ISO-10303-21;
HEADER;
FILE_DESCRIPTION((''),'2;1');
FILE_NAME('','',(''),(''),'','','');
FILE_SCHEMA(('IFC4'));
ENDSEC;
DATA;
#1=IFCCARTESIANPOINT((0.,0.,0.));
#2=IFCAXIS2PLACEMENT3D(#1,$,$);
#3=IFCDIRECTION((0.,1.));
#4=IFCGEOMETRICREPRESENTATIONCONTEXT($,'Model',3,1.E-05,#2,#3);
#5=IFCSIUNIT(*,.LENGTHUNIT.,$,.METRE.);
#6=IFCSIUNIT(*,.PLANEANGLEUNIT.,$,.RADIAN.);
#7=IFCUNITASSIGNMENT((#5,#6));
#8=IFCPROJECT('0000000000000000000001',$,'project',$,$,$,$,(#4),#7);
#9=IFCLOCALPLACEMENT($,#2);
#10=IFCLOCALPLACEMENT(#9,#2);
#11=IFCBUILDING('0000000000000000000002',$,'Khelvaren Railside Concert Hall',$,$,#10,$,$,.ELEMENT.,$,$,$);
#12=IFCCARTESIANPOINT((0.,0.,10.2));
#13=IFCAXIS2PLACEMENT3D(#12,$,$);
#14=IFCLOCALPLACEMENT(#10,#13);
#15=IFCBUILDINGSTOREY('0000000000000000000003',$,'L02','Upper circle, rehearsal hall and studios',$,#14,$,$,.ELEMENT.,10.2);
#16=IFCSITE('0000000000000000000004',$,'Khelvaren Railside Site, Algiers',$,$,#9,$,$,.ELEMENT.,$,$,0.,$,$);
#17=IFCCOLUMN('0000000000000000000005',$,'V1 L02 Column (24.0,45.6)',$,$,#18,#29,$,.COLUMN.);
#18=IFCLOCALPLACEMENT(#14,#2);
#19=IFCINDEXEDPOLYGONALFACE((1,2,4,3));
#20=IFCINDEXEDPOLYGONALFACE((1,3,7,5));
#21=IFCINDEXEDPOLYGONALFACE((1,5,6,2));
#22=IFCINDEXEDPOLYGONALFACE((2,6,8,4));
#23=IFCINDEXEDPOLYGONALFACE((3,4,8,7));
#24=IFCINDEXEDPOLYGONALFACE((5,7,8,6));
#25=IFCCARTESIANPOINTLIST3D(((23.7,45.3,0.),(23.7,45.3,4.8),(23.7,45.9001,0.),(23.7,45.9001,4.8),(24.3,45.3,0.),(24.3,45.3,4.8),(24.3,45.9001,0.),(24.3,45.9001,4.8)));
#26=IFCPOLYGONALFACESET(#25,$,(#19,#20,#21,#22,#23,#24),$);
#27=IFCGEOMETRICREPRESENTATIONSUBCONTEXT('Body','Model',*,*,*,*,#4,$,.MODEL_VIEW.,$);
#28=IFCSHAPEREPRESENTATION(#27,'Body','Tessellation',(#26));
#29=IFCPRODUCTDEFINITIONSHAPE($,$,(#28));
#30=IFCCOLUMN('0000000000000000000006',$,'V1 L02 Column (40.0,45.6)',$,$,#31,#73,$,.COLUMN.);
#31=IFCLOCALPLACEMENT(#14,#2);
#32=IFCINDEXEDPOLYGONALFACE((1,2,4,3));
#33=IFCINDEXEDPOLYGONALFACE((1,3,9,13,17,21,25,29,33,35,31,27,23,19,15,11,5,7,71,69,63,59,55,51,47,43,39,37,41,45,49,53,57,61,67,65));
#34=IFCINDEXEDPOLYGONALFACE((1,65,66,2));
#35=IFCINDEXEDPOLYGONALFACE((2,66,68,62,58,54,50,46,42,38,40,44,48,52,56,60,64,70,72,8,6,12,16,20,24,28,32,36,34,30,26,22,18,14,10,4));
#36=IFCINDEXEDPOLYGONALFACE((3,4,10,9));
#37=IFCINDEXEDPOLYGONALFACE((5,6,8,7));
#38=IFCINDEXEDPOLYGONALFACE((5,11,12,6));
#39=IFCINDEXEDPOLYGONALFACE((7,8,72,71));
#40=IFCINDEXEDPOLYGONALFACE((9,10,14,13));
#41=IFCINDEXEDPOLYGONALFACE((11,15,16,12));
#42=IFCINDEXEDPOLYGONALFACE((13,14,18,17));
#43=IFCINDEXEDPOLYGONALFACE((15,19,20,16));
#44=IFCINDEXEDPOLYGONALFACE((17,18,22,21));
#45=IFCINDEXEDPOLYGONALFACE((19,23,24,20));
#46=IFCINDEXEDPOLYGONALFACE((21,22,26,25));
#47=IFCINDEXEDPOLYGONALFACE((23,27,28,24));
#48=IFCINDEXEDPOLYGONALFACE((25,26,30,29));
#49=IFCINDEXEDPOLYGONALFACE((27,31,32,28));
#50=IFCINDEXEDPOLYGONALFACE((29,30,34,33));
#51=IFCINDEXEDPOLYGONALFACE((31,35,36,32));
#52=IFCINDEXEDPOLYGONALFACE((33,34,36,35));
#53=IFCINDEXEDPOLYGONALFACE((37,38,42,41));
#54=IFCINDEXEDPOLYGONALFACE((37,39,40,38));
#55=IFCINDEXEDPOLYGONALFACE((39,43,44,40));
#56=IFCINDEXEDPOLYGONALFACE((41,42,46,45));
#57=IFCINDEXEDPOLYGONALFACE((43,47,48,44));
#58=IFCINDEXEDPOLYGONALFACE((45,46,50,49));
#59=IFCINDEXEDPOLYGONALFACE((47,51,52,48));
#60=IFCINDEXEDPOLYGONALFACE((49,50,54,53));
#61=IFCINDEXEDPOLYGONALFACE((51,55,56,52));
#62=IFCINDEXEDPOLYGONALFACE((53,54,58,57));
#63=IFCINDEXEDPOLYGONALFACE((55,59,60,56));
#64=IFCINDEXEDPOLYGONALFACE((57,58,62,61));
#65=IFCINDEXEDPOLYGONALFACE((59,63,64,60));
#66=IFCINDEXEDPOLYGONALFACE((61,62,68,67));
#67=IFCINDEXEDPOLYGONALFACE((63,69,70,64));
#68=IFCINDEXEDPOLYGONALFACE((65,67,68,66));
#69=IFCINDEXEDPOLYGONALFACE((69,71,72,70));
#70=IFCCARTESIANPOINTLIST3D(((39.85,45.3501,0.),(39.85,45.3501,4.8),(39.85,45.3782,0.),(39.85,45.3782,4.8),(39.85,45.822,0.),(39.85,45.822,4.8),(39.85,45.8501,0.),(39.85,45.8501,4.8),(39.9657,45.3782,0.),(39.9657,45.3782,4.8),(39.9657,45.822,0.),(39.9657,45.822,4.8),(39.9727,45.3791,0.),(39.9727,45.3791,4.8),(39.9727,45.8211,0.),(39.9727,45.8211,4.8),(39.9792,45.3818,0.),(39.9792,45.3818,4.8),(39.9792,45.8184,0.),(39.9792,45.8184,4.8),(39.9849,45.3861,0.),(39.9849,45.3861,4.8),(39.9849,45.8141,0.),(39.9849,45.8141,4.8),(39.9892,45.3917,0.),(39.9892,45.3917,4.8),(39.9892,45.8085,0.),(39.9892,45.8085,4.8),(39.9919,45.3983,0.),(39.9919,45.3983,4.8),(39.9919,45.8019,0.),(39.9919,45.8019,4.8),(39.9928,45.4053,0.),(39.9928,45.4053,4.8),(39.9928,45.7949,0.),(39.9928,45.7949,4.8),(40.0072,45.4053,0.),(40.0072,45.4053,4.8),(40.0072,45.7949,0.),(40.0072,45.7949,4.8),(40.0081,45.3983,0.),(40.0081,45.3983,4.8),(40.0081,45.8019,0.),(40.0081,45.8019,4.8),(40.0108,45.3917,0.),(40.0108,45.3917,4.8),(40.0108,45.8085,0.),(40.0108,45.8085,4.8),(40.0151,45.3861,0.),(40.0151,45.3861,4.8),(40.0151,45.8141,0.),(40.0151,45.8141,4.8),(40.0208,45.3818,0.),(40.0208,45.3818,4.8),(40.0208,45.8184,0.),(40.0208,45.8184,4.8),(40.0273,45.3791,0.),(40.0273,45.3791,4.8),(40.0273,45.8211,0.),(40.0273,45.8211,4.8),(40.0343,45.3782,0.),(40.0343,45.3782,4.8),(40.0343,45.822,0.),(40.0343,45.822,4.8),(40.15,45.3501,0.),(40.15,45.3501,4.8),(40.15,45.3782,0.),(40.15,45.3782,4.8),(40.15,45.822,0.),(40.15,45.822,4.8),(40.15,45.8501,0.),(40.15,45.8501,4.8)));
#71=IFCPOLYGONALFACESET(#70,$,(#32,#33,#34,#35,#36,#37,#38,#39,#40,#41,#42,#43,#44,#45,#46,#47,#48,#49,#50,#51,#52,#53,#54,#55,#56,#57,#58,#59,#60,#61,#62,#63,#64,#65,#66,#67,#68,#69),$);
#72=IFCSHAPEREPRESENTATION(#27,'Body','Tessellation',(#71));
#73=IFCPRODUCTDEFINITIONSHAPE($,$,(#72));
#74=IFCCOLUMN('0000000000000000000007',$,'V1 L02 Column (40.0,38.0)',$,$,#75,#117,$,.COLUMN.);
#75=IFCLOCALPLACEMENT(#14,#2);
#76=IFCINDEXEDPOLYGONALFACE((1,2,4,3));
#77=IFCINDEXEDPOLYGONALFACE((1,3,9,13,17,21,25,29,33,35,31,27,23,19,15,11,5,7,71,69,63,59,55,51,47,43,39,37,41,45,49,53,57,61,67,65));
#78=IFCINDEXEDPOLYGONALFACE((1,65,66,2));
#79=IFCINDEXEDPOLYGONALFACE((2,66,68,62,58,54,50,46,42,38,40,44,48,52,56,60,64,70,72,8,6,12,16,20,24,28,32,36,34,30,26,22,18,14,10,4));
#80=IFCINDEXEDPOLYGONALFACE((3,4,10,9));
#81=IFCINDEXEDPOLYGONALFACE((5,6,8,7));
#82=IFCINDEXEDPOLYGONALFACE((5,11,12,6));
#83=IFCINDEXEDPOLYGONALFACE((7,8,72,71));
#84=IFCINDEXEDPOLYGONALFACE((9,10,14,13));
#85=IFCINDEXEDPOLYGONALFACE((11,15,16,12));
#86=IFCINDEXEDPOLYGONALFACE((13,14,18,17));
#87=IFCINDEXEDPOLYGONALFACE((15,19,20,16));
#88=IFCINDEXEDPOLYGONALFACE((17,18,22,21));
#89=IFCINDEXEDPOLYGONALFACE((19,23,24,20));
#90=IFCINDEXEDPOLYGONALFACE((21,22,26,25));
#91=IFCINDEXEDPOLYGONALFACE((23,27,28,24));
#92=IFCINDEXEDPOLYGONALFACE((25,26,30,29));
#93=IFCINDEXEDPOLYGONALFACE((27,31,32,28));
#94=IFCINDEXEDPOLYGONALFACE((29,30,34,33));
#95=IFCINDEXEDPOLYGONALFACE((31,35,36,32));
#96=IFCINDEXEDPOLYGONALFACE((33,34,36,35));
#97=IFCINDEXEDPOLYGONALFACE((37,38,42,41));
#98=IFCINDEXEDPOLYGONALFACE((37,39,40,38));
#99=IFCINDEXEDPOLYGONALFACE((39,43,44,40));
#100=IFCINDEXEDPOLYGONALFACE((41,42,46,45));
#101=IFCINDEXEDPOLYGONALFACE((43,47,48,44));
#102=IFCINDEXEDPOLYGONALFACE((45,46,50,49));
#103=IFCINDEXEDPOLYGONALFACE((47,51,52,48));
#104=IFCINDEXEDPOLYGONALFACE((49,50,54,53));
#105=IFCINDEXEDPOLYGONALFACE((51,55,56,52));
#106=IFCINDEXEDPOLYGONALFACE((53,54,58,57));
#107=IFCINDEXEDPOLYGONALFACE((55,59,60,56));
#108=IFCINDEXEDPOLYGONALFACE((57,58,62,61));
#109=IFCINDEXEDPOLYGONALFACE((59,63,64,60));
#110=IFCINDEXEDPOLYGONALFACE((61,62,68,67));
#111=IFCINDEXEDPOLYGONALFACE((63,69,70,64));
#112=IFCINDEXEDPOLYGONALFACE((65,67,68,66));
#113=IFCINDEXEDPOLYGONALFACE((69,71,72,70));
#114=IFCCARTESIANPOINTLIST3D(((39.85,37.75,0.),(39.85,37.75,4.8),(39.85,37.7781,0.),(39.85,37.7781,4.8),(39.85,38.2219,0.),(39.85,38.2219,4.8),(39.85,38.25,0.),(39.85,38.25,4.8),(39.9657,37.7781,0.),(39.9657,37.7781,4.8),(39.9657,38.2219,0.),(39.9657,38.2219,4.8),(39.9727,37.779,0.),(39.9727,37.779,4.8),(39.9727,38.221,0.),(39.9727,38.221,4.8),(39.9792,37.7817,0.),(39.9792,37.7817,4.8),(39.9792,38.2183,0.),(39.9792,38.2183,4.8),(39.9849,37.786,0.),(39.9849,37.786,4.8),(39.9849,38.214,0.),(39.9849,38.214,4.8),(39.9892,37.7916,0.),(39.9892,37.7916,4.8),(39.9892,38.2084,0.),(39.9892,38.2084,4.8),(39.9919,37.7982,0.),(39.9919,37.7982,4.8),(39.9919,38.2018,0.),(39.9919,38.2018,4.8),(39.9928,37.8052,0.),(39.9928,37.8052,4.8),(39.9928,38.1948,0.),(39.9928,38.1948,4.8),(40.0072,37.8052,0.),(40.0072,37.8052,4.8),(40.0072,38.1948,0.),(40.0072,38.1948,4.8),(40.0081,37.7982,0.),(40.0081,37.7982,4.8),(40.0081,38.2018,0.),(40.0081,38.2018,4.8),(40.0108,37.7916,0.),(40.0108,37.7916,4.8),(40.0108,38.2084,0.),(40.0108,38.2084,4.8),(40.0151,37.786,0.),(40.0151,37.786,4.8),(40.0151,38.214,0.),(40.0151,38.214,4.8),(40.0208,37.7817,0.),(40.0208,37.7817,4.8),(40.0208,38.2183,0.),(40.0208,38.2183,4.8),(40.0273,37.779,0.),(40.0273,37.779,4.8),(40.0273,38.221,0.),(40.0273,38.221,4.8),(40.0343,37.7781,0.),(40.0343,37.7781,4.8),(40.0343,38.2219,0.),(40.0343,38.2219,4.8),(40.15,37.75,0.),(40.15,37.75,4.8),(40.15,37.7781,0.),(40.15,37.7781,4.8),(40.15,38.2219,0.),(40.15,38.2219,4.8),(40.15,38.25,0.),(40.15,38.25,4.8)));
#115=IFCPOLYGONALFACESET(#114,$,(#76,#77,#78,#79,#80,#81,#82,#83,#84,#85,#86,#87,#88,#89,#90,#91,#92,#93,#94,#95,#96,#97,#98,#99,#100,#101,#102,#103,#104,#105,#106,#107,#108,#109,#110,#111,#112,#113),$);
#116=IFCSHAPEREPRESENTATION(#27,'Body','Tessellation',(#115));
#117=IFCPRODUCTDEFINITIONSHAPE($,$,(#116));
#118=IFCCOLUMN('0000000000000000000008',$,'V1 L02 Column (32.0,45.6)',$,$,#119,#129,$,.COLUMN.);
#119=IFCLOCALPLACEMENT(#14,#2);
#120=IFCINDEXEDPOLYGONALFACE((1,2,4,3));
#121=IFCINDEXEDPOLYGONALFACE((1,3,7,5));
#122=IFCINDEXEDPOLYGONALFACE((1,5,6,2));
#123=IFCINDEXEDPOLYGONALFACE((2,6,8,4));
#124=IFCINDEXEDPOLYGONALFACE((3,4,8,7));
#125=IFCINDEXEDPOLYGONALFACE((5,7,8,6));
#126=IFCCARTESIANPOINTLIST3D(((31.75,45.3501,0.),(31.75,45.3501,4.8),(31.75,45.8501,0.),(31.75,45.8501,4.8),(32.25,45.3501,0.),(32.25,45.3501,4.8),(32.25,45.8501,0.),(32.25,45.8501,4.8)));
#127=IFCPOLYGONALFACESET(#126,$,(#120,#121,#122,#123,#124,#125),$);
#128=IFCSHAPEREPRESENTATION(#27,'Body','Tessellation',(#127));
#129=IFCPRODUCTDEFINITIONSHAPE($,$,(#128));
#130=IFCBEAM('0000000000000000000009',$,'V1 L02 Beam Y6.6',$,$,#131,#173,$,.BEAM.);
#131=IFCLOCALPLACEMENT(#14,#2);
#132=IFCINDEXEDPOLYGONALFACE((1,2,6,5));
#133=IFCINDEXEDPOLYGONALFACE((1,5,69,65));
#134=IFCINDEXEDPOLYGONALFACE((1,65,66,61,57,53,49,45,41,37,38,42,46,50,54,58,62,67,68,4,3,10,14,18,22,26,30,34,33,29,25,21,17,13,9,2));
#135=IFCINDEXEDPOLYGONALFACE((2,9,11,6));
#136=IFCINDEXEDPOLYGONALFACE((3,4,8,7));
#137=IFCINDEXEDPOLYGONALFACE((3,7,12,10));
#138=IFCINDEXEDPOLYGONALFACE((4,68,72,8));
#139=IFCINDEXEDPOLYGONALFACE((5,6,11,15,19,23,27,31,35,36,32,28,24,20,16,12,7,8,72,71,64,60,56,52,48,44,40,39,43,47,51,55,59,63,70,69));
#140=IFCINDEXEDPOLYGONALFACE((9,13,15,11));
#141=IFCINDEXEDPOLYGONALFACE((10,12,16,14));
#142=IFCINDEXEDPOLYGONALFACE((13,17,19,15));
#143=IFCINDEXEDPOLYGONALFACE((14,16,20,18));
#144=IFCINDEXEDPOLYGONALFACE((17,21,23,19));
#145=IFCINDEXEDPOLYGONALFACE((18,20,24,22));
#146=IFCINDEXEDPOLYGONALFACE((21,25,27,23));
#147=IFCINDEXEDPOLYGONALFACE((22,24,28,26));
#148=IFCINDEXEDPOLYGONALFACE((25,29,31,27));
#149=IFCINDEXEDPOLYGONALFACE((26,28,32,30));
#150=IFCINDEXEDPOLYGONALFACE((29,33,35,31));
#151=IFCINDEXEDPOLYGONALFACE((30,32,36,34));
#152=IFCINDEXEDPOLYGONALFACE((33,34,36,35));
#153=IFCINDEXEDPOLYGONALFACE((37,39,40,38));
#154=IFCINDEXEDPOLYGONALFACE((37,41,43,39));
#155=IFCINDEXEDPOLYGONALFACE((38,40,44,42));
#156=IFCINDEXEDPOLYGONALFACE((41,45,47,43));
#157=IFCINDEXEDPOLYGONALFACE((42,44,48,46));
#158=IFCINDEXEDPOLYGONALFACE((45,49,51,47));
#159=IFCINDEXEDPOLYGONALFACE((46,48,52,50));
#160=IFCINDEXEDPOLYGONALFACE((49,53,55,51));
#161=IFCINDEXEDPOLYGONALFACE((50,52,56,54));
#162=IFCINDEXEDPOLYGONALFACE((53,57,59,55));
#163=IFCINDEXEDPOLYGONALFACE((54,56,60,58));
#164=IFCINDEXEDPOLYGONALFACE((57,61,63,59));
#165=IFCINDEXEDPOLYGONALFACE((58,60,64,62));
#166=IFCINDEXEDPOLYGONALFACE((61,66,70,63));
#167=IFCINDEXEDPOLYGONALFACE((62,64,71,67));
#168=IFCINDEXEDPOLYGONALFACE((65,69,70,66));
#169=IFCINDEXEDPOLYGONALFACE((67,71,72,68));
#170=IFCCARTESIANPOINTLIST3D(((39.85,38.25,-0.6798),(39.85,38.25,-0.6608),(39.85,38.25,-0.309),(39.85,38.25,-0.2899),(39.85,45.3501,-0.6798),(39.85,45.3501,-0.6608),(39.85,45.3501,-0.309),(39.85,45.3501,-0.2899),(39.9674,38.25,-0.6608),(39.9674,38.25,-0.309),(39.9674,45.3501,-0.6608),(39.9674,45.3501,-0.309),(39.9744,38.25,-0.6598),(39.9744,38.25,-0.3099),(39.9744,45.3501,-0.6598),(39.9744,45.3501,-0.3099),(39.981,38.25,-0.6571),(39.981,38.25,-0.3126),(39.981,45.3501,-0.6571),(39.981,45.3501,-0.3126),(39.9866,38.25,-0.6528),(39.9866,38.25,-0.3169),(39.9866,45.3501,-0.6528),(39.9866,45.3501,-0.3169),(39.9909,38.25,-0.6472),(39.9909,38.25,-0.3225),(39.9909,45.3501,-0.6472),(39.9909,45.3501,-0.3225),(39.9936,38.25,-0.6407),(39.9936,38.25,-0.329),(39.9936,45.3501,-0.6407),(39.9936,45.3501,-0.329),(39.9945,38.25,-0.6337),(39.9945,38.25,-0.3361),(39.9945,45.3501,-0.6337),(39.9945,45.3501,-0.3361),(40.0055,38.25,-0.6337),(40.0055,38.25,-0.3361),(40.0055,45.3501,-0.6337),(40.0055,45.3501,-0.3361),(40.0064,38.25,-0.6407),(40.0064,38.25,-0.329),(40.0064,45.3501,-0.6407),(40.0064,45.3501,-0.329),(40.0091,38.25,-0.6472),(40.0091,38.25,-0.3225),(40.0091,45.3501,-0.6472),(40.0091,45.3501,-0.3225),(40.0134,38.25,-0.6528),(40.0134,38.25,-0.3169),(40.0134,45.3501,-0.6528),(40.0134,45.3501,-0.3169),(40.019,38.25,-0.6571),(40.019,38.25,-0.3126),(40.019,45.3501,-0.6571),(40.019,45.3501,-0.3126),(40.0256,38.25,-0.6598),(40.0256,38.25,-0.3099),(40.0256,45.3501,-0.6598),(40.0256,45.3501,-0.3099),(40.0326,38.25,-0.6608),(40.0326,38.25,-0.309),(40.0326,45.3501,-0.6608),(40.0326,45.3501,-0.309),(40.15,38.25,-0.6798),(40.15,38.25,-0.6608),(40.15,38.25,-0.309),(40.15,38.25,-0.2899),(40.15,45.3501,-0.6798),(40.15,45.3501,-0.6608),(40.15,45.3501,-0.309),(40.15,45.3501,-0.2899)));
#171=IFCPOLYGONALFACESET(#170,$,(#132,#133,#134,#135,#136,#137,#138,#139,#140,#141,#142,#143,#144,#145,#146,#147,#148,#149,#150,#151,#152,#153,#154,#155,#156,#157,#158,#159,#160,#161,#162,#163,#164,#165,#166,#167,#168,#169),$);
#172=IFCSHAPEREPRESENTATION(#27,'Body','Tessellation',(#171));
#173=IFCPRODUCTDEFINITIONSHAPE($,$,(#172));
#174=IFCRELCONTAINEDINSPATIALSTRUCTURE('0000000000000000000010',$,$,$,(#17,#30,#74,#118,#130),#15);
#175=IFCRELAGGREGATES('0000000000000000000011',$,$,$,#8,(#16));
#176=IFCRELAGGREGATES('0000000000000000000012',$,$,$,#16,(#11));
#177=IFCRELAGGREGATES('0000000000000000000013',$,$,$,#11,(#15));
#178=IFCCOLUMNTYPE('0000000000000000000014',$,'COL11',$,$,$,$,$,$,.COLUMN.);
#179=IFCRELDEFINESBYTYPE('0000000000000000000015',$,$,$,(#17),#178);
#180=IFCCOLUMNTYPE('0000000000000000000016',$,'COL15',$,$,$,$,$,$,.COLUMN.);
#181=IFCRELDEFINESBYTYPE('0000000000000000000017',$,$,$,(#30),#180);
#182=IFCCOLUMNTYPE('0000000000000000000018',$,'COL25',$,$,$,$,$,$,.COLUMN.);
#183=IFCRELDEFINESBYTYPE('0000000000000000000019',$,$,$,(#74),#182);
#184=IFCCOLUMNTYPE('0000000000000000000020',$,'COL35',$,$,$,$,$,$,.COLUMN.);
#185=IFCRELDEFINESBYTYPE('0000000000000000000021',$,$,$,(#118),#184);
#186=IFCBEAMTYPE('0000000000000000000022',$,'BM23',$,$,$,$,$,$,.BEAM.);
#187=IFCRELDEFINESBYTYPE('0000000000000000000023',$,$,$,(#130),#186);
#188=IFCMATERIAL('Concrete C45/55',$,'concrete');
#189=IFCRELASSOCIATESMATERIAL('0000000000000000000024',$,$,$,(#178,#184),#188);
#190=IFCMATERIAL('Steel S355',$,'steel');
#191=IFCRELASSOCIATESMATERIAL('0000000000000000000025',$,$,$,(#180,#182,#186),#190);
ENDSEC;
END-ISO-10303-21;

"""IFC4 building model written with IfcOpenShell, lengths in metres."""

from ifc_helpers import new_model, si_unit, direction, frame, origin, origin_2d, place, context, subcontext, project, spatial, rectangle, i_section, extrude, material, material_profile, profile_set, type_object, element, save


model = new_model("IFC4")

# Units and contexts
model_context = context("Model", 3, precision=1e-05, world=origin(), true_north=direction((0.0, 1.0)))
body_context = subcontext(model_context, "Body", "Model", "MODEL_VIEW")
ifc_project = project(units=[si_unit("LENGTHUNIT", "METRE"), si_unit("PLANEANGLEUNIT", "RADIAN")], contexts=[model_context])

# Site, building, storey
site_placement = place(None, origin())
site = spatial("IfcSite", under=ifc_project, at=site_placement, Name="Khelvaren Railside Site, Algiers", CompositionType="ELEMENT", RefElevation=0.0)
building_placement = place(site_placement, origin())
building = spatial("IfcBuilding", under=site, at=building_placement, Name="Khelvaren Railside Concert Hall", CompositionType="ELEMENT")
storey_placement = place(building_placement, frame((0.0, 0.0, 10.2)))
storey = spatial("IfcBuildingStorey", under=building, at=storey_placement, Name="L02", Description="Upper circle, rehearsal hall and studios", CompositionType="ELEMENT", Elevation=10.2)

# Columns
ifc_material_1 = material(Name="Concrete C45/55", Category="concrete")
ifc_material_profile_1 = material_profile(ifc_material_1, rectangle(XDim=0.6001, YDim=0.6001, at=origin_2d()), Name="RC 600x600")
ifc_profile_set_1 = profile_set([ifc_material_profile_1], Name="Concrete C45/55")
column_type_1 = type_object("IfcColumnType", Name="COL11", PredefinedType="COLUMN", material=ifc_profile_set_1)
column_1_placement = place(storey_placement, frame((24.0, 45.6001, 0.0), z_axis=(0.0, 0.0, 1.0), x_axis=(1.0, 0.0, 0.0)))
element("IfcColumn", 1, at=column_1_placement, inside=storey, type_object=column_type_1, Name="V1 L02 Column (24.0,45.6)", PredefinedType="COLUMN", context=body_context, shape_type="SweptSolid", body=[
    extrude(rectangle(XDim=0.6001, YDim=0.6001, at=origin_2d()), origin(), (0.0, 0.0, 1.0), 4.8),
])
ifc_material_2 = material(Name="Steel S355", Category="steel")
ifc_material_profile_2 = material_profile(ifc_material_2, i_section(OverallWidth=0.3, OverallDepth=0.5, WebThickness=0.0144, FlangeThickness=0.0281, FilletRadius=0.0271, at=origin_2d()), Name="HEB 500")
ifc_profile_set_2 = profile_set([ifc_material_profile_2], Name="Steel S355")
column_type_2 = type_object("IfcColumnType", Name="COL15", PredefinedType="COLUMN", material=ifc_profile_set_2)
column_2_placement = place(storey_placement, frame((40.0, 45.6001, 0.0), z_axis=(0.0, 0.0, 1.0), x_axis=(1.0, 0.0, 0.0)))
element("IfcColumn", 2, at=column_2_placement, inside=storey, type_object=column_type_2, Name="V1 L02 Column (40.0,45.6)", PredefinedType="COLUMN", context=body_context, shape_type="SweptSolid", body=[
    extrude(i_section(OverallWidth=0.3, OverallDepth=0.5, WebThickness=0.0144, FlangeThickness=0.0281, FilletRadius=0.0271, at=origin_2d()), origin(), (0.0, 0.0, 1.0), 4.8),
])
ifc_material_profile_3 = material_profile(ifc_material_2, i_section(OverallWidth=0.3, OverallDepth=0.5, WebThickness=0.0144, FlangeThickness=0.0281, FilletRadius=0.0271, at=origin_2d()), Name="HEB 500")
ifc_profile_set_3 = profile_set([ifc_material_profile_3], Name="Steel S355")
column_type_3 = type_object("IfcColumnType", Name="COL25", PredefinedType="COLUMN", material=ifc_profile_set_3)
column_3_placement = place(storey_placement, frame((40.0, 38.0, 0.0), z_axis=(0.0, 0.0, 1.0), x_axis=(1.0, 0.0, 0.0)))
element("IfcColumn", 3, at=column_3_placement, inside=storey, type_object=column_type_3, Name="V1 L02 Column (40.0,38.0)", PredefinedType="COLUMN", context=body_context, shape_type="SweptSolid", body=[
    extrude(i_section(OverallWidth=0.3, OverallDepth=0.5, WebThickness=0.0144, FlangeThickness=0.0281, FilletRadius=0.0271, at=origin_2d()), origin(), (0.0, 0.0, 1.0), 4.8),
])
ifc_material_profile_4 = material_profile(ifc_material_1, rectangle(XDim=0.5, YDim=0.5, at=origin_2d()), Name="RC 500x500")
ifc_profile_set_4 = profile_set([ifc_material_profile_4], Name="Concrete C45/55")
column_type_4 = type_object("IfcColumnType", Name="COL35", PredefinedType="COLUMN", material=ifc_profile_set_4)
column_4_placement = place(storey_placement, frame((32.0, 45.6001, 0.0), z_axis=(0.0, 0.0, 1.0), x_axis=(1.0, 0.0, 0.0)))
element("IfcColumn", 4, at=column_4_placement, inside=storey, type_object=column_type_4, Name="V1 L02 Column (32.0,45.6)", PredefinedType="COLUMN", context=body_context, shape_type="SweptSolid", body=[
    extrude(rectangle(XDim=0.5, YDim=0.5, at=origin_2d()), origin(), (0.0, 0.0, 1.0), 4.8),
])

# Beam
ifc_material_profile_5 = material_profile(ifc_material_2, i_section(OverallWidth=0.3, OverallDepth=0.3899, WebThickness=0.011, FlangeThickness=0.019, FilletRadius=0.0271, at=origin_2d()), Name="HEA 400")
ifc_profile_set_5 = profile_set([ifc_material_profile_5], Name="Steel S355")
beam_type_1 = type_object("IfcBeamType", Name="BM23", PredefinedType="BEAM", material=ifc_profile_set_5)
beam_1_placement = place(storey_placement, frame((40.0, 38.25, -0.4849), z_axis=(0.0, 1.0, 0.0), x_axis=(-1.0, 0.0, 0.0)))
element("IfcBeam", 5, at=beam_1_placement, inside=storey, type_object=beam_type_1, Name="V1 L02 Beam Y6.6", PredefinedType="BEAM", context=body_context, shape_type="SweptSolid", body=[
    extrude(i_section(OverallWidth=0.3, OverallDepth=0.3899, WebThickness=0.011, FlangeThickness=0.019, FilletRadius=0.0271, at=origin_2d()), origin(), (0.0, 0.0, 1.0), 7.1001),
])

save(model, "model.ifc")
